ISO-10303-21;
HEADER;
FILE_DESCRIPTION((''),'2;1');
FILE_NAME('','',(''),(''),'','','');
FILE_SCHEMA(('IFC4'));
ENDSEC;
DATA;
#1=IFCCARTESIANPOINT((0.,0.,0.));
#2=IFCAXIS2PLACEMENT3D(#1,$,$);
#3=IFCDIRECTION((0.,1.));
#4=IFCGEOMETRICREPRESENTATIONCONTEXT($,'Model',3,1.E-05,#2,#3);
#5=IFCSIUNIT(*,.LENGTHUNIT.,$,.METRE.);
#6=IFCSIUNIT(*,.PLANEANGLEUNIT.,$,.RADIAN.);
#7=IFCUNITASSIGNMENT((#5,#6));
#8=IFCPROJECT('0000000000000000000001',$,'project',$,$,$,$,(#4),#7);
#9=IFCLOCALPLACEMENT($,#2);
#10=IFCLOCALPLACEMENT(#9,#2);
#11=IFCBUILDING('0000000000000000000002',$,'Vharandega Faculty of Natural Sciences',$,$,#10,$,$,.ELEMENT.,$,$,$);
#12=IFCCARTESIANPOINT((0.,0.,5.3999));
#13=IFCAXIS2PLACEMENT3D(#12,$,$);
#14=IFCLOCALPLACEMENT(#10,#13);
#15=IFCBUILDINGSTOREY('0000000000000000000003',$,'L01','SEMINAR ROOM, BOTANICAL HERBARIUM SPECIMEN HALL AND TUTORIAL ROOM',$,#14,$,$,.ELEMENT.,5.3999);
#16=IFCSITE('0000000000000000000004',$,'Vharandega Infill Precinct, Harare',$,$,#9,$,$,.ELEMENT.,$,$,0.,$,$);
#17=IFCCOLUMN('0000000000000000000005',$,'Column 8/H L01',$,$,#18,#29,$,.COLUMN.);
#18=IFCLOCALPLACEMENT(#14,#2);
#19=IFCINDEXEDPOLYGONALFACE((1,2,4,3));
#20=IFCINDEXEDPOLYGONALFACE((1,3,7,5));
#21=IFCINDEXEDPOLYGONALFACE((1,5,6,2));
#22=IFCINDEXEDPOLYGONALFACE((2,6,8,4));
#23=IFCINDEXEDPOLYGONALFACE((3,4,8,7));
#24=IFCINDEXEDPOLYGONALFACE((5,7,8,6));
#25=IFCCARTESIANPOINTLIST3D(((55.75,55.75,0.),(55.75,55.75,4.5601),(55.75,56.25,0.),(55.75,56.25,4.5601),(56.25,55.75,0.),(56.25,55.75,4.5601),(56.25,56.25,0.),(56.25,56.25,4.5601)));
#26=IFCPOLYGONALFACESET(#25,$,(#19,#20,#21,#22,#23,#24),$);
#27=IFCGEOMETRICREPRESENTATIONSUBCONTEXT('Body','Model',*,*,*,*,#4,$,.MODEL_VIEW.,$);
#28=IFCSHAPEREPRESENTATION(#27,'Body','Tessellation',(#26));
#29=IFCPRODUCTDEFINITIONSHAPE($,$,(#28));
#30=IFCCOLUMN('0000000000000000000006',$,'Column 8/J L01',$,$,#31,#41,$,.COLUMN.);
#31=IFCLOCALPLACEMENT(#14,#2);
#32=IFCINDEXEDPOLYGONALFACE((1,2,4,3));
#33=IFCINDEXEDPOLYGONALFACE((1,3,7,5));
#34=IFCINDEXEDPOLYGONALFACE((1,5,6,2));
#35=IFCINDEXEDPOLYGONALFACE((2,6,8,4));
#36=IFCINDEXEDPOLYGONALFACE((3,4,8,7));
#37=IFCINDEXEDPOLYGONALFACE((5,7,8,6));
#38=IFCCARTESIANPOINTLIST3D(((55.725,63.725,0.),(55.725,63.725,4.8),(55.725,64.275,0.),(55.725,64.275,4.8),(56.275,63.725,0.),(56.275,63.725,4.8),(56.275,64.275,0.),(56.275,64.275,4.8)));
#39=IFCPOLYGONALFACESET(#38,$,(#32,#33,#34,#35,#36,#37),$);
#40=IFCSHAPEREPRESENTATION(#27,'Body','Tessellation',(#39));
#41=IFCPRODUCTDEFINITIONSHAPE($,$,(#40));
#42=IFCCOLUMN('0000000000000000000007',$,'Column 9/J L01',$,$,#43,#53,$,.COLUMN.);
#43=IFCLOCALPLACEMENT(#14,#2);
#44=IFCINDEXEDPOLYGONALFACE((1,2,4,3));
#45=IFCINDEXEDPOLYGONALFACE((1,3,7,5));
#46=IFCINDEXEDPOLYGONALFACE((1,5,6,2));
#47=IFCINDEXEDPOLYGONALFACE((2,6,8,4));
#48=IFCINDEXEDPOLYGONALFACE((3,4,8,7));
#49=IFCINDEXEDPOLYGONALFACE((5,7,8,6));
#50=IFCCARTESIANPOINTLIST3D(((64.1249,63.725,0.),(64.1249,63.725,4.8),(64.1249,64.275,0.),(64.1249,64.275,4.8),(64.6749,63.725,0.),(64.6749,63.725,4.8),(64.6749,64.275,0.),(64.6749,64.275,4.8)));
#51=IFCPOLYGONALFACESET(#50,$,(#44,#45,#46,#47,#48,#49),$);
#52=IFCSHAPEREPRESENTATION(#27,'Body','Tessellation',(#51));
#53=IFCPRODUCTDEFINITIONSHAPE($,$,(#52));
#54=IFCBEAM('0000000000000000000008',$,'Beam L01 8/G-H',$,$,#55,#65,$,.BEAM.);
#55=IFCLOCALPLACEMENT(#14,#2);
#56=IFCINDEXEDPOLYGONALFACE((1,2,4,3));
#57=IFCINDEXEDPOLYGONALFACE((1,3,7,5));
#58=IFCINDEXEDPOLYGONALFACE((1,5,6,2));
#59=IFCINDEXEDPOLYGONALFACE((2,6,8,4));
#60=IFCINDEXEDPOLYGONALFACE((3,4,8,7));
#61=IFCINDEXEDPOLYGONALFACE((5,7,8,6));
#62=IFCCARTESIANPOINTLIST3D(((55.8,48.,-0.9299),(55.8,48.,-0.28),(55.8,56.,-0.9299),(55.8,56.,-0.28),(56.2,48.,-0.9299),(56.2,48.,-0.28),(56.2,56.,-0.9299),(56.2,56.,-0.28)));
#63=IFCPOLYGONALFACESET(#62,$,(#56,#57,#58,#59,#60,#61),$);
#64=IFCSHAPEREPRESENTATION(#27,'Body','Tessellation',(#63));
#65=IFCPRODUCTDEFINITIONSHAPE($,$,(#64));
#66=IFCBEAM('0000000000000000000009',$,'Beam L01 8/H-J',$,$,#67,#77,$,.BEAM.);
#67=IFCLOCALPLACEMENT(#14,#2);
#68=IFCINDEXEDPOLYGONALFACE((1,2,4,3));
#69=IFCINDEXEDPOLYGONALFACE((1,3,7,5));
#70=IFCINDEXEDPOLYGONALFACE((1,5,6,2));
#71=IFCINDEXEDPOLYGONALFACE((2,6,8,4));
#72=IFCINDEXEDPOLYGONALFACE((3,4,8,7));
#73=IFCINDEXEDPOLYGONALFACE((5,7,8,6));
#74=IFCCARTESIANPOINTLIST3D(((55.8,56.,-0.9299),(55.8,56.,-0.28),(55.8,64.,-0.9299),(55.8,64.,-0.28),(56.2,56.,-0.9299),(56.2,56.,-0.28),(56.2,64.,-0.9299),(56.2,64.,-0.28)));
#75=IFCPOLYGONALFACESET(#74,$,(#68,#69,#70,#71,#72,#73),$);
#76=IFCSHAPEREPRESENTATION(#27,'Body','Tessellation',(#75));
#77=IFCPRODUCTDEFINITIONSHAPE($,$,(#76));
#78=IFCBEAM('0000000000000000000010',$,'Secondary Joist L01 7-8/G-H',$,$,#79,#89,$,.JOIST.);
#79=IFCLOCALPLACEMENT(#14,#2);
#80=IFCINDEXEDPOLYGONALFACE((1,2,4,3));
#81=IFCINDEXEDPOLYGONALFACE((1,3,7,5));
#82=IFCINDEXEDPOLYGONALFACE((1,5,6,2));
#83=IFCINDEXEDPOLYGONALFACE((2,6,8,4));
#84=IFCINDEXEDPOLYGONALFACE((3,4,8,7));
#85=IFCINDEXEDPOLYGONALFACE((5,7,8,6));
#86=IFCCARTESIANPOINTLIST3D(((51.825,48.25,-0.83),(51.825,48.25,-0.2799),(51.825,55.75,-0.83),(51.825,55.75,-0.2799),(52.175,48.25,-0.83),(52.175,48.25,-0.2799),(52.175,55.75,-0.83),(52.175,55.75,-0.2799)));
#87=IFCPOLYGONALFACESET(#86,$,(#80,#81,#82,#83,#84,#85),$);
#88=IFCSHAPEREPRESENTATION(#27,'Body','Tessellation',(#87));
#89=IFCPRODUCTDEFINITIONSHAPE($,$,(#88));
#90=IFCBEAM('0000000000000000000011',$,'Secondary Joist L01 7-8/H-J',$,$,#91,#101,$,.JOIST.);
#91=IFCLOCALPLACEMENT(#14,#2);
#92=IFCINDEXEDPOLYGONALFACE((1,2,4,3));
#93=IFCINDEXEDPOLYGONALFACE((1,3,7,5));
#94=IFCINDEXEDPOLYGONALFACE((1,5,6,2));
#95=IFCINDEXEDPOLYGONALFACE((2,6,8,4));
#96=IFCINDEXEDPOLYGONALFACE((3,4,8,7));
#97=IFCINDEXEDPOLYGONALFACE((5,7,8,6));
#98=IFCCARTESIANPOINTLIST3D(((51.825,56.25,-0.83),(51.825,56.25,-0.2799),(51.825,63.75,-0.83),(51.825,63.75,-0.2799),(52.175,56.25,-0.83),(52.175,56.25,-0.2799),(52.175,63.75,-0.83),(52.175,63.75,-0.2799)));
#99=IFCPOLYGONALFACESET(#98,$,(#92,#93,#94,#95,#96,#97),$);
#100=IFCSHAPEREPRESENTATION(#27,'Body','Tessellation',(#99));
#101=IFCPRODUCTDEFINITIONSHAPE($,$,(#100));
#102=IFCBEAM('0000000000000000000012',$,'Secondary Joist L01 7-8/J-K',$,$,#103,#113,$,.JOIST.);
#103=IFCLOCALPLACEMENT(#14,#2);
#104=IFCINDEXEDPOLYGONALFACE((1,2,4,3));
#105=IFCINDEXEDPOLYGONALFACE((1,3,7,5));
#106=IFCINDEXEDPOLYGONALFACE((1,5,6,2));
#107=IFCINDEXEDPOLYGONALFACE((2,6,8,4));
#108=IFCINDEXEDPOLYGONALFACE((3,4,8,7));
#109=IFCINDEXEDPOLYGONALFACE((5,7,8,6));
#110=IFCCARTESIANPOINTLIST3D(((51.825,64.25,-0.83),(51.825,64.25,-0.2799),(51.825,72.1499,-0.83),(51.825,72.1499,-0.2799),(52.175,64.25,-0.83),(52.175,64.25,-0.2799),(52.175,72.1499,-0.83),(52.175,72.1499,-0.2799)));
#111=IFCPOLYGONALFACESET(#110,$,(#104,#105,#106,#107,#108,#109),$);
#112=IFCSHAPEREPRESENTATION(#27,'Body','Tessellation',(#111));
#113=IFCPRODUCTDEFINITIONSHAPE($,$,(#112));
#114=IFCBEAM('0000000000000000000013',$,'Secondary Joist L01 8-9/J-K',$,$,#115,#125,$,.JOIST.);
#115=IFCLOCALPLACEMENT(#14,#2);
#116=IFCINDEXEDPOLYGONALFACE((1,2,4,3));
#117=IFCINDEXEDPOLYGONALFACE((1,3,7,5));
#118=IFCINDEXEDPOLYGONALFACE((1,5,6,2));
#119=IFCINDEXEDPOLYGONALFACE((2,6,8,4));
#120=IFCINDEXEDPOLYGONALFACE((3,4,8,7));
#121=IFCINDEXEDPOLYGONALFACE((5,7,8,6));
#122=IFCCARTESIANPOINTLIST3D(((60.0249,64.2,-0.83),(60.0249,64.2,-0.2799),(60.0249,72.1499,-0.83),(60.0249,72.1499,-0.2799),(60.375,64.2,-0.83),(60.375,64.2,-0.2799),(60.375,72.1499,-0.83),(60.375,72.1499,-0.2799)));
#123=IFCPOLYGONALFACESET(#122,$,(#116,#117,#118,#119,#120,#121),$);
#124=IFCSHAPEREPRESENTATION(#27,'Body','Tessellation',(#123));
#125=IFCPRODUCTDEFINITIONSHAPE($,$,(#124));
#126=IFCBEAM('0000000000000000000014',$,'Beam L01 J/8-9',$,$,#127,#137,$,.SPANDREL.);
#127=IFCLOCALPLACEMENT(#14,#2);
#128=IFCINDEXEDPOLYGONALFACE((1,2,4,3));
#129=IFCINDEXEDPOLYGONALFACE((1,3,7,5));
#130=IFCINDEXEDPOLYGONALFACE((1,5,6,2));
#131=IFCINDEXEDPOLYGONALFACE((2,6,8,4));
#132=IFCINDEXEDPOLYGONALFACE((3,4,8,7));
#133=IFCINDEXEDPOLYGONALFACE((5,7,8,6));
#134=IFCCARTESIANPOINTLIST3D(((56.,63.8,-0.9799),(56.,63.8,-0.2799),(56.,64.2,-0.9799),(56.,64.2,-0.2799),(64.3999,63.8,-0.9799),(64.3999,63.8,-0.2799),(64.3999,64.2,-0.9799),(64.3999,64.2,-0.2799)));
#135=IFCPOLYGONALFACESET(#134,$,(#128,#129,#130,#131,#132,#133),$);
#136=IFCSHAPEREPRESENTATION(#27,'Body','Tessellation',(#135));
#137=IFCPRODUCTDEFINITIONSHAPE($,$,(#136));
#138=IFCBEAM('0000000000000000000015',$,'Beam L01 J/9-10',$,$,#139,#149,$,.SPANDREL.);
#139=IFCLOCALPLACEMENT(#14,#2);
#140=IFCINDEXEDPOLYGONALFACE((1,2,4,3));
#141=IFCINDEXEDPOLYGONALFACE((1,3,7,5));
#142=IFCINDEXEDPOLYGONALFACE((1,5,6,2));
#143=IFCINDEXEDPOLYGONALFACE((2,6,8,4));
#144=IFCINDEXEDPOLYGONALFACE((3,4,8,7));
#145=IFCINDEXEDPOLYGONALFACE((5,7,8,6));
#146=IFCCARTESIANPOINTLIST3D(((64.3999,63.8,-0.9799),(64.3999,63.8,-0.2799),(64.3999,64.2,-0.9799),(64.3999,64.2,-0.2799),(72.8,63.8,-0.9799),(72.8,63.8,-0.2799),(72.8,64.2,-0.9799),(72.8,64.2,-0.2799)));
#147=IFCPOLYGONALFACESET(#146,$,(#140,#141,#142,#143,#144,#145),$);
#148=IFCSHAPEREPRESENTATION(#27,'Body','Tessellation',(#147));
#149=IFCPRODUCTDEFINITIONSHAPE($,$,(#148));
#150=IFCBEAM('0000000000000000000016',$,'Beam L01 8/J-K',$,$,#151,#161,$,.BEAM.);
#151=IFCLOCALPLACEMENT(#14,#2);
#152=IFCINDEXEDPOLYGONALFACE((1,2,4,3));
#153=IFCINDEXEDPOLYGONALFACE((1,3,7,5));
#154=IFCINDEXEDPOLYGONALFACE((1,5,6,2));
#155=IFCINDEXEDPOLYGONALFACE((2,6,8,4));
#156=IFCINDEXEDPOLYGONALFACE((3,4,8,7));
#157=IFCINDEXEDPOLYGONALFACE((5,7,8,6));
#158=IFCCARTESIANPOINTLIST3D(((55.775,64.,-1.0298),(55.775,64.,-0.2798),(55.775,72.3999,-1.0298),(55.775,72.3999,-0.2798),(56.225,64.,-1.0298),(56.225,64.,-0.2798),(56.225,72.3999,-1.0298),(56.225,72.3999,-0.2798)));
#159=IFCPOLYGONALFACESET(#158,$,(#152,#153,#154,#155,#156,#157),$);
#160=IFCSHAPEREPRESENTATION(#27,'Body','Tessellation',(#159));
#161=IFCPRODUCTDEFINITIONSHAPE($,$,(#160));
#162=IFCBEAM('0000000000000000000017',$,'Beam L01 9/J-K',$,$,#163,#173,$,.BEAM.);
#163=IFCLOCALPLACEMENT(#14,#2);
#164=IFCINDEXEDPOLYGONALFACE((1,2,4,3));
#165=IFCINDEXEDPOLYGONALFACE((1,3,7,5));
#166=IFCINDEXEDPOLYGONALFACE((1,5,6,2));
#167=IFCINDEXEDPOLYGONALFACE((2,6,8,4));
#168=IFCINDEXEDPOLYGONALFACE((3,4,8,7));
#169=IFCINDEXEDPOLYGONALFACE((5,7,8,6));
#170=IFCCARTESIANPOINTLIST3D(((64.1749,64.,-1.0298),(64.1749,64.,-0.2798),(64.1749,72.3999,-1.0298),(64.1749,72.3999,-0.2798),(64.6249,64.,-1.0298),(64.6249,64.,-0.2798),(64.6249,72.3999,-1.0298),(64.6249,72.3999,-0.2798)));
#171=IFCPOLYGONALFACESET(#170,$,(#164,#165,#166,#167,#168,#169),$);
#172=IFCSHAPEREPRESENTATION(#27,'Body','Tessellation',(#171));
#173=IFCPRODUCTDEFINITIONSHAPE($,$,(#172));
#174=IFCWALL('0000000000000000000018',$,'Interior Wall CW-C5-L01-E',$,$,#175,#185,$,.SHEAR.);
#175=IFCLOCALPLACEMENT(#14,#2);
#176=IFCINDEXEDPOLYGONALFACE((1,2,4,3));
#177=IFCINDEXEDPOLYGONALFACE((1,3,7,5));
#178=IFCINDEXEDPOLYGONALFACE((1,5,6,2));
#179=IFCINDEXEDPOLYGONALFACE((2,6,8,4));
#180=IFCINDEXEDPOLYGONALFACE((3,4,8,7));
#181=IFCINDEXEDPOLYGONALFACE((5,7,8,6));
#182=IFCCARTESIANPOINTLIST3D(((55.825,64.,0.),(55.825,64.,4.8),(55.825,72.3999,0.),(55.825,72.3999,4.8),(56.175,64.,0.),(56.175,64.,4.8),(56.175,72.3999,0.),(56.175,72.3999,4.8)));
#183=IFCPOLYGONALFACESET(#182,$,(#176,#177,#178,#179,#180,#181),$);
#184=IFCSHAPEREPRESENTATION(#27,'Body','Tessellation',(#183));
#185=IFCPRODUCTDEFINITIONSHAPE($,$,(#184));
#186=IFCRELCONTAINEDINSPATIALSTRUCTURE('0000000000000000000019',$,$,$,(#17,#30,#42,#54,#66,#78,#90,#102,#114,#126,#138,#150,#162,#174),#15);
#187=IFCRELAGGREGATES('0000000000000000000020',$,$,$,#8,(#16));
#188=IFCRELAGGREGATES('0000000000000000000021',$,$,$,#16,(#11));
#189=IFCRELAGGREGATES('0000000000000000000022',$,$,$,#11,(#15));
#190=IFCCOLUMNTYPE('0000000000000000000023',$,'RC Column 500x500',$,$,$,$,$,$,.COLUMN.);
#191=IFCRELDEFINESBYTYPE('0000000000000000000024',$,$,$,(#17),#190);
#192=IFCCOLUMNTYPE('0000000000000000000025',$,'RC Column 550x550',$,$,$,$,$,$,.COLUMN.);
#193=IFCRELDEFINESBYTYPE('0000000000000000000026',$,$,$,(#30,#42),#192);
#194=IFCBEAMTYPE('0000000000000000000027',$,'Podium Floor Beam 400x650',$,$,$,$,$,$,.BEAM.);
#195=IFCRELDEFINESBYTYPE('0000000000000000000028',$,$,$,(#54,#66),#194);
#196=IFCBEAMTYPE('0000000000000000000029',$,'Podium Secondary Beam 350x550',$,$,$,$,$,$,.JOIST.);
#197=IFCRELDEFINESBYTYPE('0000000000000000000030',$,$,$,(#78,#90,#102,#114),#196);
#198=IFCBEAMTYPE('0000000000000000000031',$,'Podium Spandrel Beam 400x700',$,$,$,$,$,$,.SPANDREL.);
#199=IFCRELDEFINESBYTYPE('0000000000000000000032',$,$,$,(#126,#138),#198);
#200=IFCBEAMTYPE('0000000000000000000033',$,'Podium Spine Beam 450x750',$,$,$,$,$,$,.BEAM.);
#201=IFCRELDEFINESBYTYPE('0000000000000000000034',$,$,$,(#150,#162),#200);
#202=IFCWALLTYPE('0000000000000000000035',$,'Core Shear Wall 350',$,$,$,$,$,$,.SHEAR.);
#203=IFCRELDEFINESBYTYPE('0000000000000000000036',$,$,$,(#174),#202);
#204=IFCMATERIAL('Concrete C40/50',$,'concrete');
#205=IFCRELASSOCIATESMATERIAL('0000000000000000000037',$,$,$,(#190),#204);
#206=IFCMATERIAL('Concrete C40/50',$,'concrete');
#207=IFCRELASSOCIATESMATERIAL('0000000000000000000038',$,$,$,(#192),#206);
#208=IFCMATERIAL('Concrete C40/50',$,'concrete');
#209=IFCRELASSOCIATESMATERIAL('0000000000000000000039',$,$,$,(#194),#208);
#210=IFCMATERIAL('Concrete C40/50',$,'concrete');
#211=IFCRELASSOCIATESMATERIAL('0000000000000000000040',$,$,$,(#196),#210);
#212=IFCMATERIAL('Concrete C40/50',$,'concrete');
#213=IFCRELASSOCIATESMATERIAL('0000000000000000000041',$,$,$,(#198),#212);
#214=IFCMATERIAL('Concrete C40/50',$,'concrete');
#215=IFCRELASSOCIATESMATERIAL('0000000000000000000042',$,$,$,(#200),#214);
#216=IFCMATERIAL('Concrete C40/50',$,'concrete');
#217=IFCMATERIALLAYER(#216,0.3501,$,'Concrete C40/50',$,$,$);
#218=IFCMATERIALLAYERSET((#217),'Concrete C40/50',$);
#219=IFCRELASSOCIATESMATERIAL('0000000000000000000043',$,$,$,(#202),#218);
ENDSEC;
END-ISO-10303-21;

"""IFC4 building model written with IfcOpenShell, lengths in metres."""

from ifc_helpers import new_model, si_unit, direction, frame, frame_2d, origin, origin_2d, place, context, subcontext, project, spatial, rectangle, extrude, material, layer, layer_set, material_profile, profile_set, type_object, element, save


model = new_model("IFC4")

# Units and contexts
model_context = context("Model", 3, precision=1e-05, world=origin(), true_north=direction((0.0, 1.0)))
body_context = subcontext(model_context, "Body", "Model", "MODEL_VIEW")
ifc_project = project(units=[si_unit("LENGTHUNIT", "METRE"), si_unit("PLANEANGLEUNIT", "RADIAN")], contexts=[model_context])

# Site, building, storey
site_placement = place(None, origin())
site = spatial("IfcSite", under=ifc_project, at=site_placement, Name="Vharandega Infill Precinct, Harare", CompositionType="ELEMENT", RefElevation=0.0)
building_placement = place(site_placement, origin())
building = spatial("IfcBuilding", under=site, at=building_placement, Name="Vharandega Faculty of Natural Sciences", CompositionType="ELEMENT")
storey_placement = place(building_placement, frame((0.0, 0.0, 5.3999)))
storey = spatial("IfcBuildingStorey", under=building, at=storey_placement, Name="L01", Description="SEMINAR ROOM, BOTANICAL HERBARIUM SPECIMEN HALL AND TUTORIAL ROOM", CompositionType="ELEMENT", Elevation=5.3999)

# Columns
ifc_material_1 = material(Name="Concrete C40/50", Category="concrete")
ifc_material_profile_1 = material_profile(ifc_material_1, rectangle(XDim=0.5, YDim=0.5, at=origin_2d()), Name="RC 500x500")
ifc_profile_set_1 = profile_set([ifc_material_profile_1], Name="Concrete C40/50")
column_type_1 = type_object("IfcColumnType", Name="RC Column 500x500", PredefinedType="COLUMN", material=ifc_profile_set_1)
column_placement = place(storey_placement, frame((56.0, 56.0, 0.0), z_axis=(0.0, 0.0, 1.0), x_axis=(1.0, 0.0, 0.0)))
element("IfcColumn", 1, at=column_placement, inside=storey, type_object=column_type_1, Name="Column 8/H L01", PredefinedType="COLUMN", context=body_context, shape_type="SweptSolid", body=[
    extrude(rectangle(XDim=0.5, YDim=0.5, at=origin_2d()), origin(), (0.0, 0.0, 1.0), 4.5601),
])
ifc_material_2 = material(Name="Concrete C40/50", Category="concrete")
ifc_material_profile_2 = material_profile(ifc_material_2, rectangle(XDim=0.55, YDim=0.55, at=origin_2d()), Name="RC 550x550")
ifc_profile_set_2 = profile_set([ifc_material_profile_2], Name="Concrete C40/50")
column_type_2 = type_object("IfcColumnType", Name="RC Column 550x550", PredefinedType="COLUMN", material=ifc_profile_set_2)
for number, where, z_axis, x_axis, name in (
    (2, (56.0, 64.0, 0.0), (0.0, 0.0, 1.0), (1.0, 0.0, 0.0), "Column 8/J L01"),
    (3, (64.3999, 64.0, 0.0), (0.0, 0.0, 1.0), (1.0, 0.0, 0.0), "Column 9/J L01"),
):
    element("IfcColumn", number, at=place(storey_placement, frame(where, z_axis=z_axis, x_axis=x_axis)), inside=storey, type_object=column_type_2, Name=name, PredefinedType="COLUMN", context=body_context, shape_type="SweptSolid", body=[
        extrude(rectangle(XDim=0.55, YDim=0.55, at=origin_2d()), origin(), (0.0, 0.0, 1.0), 4.8),
    ])

# Beams
ifc_material_3 = material(Name="Concrete C40/50", Category="concrete")
ifc_material_profile_3 = material_profile(ifc_material_3, rectangle(XDim=0.3999, YDim=0.6499, at=origin_2d()), Name="RC 400x650")
ifc_profile_set_3 = profile_set([ifc_material_profile_3], Name="Concrete C40/50")
beam_type_1 = type_object("IfcBeamType", Name="Podium Floor Beam 400x650", PredefinedType="BEAM", material=ifc_profile_set_3)
for number, where, z_axis, x_axis, name in (
    (4, (56.0, 48.0, -0.605), (0.0, 1.0, 0.0), (-1.0, 0.0, 0.0), "Beam L01 8/G-H"),
    (5, (56.0, 56.0, -0.605), (0.0, 1.0, 0.0), (-1.0, 0.0, 0.0), "Beam L01 8/H-J"),
):
    element("IfcBeam", number, at=place(storey_placement, frame(where, z_axis=z_axis, x_axis=x_axis)), inside=storey, type_object=beam_type_1, Name=name, PredefinedType="BEAM", context=body_context, shape_type="SweptSolid", body=[
        extrude(rectangle(XDim=0.3999, YDim=0.6499, at=origin_2d()), origin(), (0.0, 0.0, 1.0), 8.0),
    ])
ifc_material_4 = material(Name="Concrete C40/50", Category="concrete")
ifc_material_profile_4 = material_profile(ifc_material_4, rectangle(XDim=0.3501, YDim=0.55, at=origin_2d()), Name="RC 350x550")
ifc_profile_set_4 = profile_set([ifc_material_profile_4], Name="Concrete C40/50")
beam_type_2 = type_object("IfcBeamType", Name="Podium Secondary Beam 350x550", PredefinedType="JOIST", material=ifc_profile_set_4)
for number, where, z_axis, x_axis, name in (
    (6, (52.0, 48.25, -0.5549), (0.0, 1.0, 0.0), (-1.0, 0.0, 0.0), "Secondary Joist L01 7-8/G-H"),
    (7, (52.0, 56.25, -0.5549), (0.0, 1.0, 0.0), (-1.0, 0.0, 0.0), "Secondary Joist L01 7-8/H-J"),
):
    element("IfcBeam", number, at=place(storey_placement, frame(where, z_axis=z_axis, x_axis=x_axis)), inside=storey, type_object=beam_type_2, Name=name, PredefinedType="JOIST", context=body_context, shape_type="SweptSolid", body=[
        extrude(rectangle(XDim=0.3501, YDim=0.55, at=origin_2d()), origin(), (0.0, 0.0, 1.0), 7.5),
    ])
beam_1_placement = place(storey_placement, frame((52.0, 64.25, -0.5549), z_axis=(0.0, 1.0, 0.0), x_axis=(-1.0, 0.0, 0.0)))
element("IfcBeam", 8, at=beam_1_placement, inside=storey, type_object=beam_type_2, Name="Secondary Joist L01 7-8/J-K", PredefinedType="JOIST", context=body_context, shape_type="SweptSolid", body=[
    extrude(rectangle(XDim=0.3501, YDim=0.55, at=origin_2d()), origin(), (0.0, 0.0, 1.0), 7.8999),
])
beam_2_placement = place(storey_placement, frame((60.2, 64.2, -0.5549), z_axis=(0.0, 1.0, 0.0), x_axis=(-1.0, 0.0, 0.0)))
element("IfcBeam", 9, at=beam_2_placement, inside=storey, type_object=beam_type_2, Name="Secondary Joist L01 8-9/J-K", PredefinedType="JOIST", context=body_context, shape_type="SweptSolid", body=[
    extrude(rectangle(XDim=0.3501, YDim=0.55, at=origin_2d()), origin(), (0.0, 0.0, 1.0), 7.95),
])
ifc_material_5 = material(Name="Concrete C40/50", Category="concrete")
ifc_material_profile_5 = material_profile(ifc_material_5, rectangle(XDim=0.3999, YDim=0.7, at=origin_2d()), Name="RC 400x700")
ifc_profile_set_5 = profile_set([ifc_material_profile_5], Name="Concrete C40/50")
beam_type_3 = type_object("IfcBeamType", Name="Podium Spandrel Beam 400x700", PredefinedType="SPANDREL", material=ifc_profile_set_5)
beam_3_placement = place(storey_placement, frame((56.0, 64.0, -0.6299), z_axis=(1.0, 0.0, 0.0), x_axis=(0.0, 1.0, 0.0)))
element("IfcBeam", 10, at=beam_3_placement, inside=storey, type_object=beam_type_3, Name="Beam L01 J/8-9", PredefinedType="SPANDREL", context=body_context, shape_type="SweptSolid", body=[
    extrude(rectangle(XDim=0.3999, YDim=0.7, at=origin_2d()), origin(), (0.0, 0.0, 1.0), 8.3999),
])
beam_4_placement = place(storey_placement, frame((64.3999, 64.0, -0.6299), z_axis=(1.0, 0.0, 0.0), x_axis=(0.0, 1.0, 0.0)))
element("IfcBeam", 11, at=beam_4_placement, inside=storey, type_object=beam_type_3, Name="Beam L01 J/9-10", PredefinedType="SPANDREL", context=body_context, shape_type="SweptSolid", body=[
    extrude(rectangle(XDim=0.3999, YDim=0.7, at=origin_2d()), origin(), (0.0, 0.0, 1.0), 8.4001),
])
ifc_material_6 = material(Name="Concrete C40/50", Category="concrete")
ifc_material_profile_6 = material_profile(ifc_material_6, rectangle(XDim=0.45, YDim=0.75, at=origin_2d()), Name="RC 450x750")
ifc_profile_set_6 = profile_set([ifc_material_profile_6], Name="Concrete C40/50")
beam_type_4 = type_object("IfcBeamType", Name="Podium Spine Beam 450x750", PredefinedType="BEAM", material=ifc_profile_set_6)
for number, where, z_axis, x_axis, name in (
    (12, (56.0, 64.0, -0.6548), (0.0, 1.0, 0.0), (-1.0, 0.0, 0.0), "Beam L01 8/J-K"),
    (13, (64.3999, 64.0, -0.6548), (0.0, 1.0, 0.0), (-1.0, 0.0, 0.0), "Beam L01 9/J-K"),
):
    element("IfcBeam", number, at=place(storey_placement, frame(where, z_axis=z_axis, x_axis=x_axis)), inside=storey, type_object=beam_type_4, Name=name, PredefinedType="BEAM", context=body_context, shape_type="SweptSolid", body=[
        extrude(rectangle(XDim=0.45, YDim=0.75, at=origin_2d()), origin(), (0.0, 0.0, 1.0), 8.3999),
    ])

# Wall
ifc_material_7 = material(Name="Concrete C40/50", Category="concrete")
ifc_layer_1 = layer(ifc_material_7, 0.3501, Name="Concrete C40/50")
ifc_layer_set_1 = layer_set([ifc_layer_1], Name="Concrete C40/50")
wall_type_1 = type_object("IfcWallType", Name="Core Shear Wall 350", PredefinedType="SHEAR", material=ifc_layer_set_1)
wall_1_placement = place(storey_placement, frame((56.0, 64.0, 0.0), z_axis=(0.0, 0.0, 1.0), x_axis=(0.0, 1.0, 0.0)))
element("IfcWall", 14, at=wall_1_placement, inside=storey, type_object=wall_type_1, Name="Interior Wall CW-C5-L01-E", PredefinedType="SHEAR", context=body_context, shape_type="SweptSolid", body=[
    extrude(rectangle(XDim=8.3999, YDim=0.3501, at=frame_2d((4.2, 0.0))), origin(), (0.0, 0.0, 1.0), 4.8),
])

save(model, "model.ifc")
